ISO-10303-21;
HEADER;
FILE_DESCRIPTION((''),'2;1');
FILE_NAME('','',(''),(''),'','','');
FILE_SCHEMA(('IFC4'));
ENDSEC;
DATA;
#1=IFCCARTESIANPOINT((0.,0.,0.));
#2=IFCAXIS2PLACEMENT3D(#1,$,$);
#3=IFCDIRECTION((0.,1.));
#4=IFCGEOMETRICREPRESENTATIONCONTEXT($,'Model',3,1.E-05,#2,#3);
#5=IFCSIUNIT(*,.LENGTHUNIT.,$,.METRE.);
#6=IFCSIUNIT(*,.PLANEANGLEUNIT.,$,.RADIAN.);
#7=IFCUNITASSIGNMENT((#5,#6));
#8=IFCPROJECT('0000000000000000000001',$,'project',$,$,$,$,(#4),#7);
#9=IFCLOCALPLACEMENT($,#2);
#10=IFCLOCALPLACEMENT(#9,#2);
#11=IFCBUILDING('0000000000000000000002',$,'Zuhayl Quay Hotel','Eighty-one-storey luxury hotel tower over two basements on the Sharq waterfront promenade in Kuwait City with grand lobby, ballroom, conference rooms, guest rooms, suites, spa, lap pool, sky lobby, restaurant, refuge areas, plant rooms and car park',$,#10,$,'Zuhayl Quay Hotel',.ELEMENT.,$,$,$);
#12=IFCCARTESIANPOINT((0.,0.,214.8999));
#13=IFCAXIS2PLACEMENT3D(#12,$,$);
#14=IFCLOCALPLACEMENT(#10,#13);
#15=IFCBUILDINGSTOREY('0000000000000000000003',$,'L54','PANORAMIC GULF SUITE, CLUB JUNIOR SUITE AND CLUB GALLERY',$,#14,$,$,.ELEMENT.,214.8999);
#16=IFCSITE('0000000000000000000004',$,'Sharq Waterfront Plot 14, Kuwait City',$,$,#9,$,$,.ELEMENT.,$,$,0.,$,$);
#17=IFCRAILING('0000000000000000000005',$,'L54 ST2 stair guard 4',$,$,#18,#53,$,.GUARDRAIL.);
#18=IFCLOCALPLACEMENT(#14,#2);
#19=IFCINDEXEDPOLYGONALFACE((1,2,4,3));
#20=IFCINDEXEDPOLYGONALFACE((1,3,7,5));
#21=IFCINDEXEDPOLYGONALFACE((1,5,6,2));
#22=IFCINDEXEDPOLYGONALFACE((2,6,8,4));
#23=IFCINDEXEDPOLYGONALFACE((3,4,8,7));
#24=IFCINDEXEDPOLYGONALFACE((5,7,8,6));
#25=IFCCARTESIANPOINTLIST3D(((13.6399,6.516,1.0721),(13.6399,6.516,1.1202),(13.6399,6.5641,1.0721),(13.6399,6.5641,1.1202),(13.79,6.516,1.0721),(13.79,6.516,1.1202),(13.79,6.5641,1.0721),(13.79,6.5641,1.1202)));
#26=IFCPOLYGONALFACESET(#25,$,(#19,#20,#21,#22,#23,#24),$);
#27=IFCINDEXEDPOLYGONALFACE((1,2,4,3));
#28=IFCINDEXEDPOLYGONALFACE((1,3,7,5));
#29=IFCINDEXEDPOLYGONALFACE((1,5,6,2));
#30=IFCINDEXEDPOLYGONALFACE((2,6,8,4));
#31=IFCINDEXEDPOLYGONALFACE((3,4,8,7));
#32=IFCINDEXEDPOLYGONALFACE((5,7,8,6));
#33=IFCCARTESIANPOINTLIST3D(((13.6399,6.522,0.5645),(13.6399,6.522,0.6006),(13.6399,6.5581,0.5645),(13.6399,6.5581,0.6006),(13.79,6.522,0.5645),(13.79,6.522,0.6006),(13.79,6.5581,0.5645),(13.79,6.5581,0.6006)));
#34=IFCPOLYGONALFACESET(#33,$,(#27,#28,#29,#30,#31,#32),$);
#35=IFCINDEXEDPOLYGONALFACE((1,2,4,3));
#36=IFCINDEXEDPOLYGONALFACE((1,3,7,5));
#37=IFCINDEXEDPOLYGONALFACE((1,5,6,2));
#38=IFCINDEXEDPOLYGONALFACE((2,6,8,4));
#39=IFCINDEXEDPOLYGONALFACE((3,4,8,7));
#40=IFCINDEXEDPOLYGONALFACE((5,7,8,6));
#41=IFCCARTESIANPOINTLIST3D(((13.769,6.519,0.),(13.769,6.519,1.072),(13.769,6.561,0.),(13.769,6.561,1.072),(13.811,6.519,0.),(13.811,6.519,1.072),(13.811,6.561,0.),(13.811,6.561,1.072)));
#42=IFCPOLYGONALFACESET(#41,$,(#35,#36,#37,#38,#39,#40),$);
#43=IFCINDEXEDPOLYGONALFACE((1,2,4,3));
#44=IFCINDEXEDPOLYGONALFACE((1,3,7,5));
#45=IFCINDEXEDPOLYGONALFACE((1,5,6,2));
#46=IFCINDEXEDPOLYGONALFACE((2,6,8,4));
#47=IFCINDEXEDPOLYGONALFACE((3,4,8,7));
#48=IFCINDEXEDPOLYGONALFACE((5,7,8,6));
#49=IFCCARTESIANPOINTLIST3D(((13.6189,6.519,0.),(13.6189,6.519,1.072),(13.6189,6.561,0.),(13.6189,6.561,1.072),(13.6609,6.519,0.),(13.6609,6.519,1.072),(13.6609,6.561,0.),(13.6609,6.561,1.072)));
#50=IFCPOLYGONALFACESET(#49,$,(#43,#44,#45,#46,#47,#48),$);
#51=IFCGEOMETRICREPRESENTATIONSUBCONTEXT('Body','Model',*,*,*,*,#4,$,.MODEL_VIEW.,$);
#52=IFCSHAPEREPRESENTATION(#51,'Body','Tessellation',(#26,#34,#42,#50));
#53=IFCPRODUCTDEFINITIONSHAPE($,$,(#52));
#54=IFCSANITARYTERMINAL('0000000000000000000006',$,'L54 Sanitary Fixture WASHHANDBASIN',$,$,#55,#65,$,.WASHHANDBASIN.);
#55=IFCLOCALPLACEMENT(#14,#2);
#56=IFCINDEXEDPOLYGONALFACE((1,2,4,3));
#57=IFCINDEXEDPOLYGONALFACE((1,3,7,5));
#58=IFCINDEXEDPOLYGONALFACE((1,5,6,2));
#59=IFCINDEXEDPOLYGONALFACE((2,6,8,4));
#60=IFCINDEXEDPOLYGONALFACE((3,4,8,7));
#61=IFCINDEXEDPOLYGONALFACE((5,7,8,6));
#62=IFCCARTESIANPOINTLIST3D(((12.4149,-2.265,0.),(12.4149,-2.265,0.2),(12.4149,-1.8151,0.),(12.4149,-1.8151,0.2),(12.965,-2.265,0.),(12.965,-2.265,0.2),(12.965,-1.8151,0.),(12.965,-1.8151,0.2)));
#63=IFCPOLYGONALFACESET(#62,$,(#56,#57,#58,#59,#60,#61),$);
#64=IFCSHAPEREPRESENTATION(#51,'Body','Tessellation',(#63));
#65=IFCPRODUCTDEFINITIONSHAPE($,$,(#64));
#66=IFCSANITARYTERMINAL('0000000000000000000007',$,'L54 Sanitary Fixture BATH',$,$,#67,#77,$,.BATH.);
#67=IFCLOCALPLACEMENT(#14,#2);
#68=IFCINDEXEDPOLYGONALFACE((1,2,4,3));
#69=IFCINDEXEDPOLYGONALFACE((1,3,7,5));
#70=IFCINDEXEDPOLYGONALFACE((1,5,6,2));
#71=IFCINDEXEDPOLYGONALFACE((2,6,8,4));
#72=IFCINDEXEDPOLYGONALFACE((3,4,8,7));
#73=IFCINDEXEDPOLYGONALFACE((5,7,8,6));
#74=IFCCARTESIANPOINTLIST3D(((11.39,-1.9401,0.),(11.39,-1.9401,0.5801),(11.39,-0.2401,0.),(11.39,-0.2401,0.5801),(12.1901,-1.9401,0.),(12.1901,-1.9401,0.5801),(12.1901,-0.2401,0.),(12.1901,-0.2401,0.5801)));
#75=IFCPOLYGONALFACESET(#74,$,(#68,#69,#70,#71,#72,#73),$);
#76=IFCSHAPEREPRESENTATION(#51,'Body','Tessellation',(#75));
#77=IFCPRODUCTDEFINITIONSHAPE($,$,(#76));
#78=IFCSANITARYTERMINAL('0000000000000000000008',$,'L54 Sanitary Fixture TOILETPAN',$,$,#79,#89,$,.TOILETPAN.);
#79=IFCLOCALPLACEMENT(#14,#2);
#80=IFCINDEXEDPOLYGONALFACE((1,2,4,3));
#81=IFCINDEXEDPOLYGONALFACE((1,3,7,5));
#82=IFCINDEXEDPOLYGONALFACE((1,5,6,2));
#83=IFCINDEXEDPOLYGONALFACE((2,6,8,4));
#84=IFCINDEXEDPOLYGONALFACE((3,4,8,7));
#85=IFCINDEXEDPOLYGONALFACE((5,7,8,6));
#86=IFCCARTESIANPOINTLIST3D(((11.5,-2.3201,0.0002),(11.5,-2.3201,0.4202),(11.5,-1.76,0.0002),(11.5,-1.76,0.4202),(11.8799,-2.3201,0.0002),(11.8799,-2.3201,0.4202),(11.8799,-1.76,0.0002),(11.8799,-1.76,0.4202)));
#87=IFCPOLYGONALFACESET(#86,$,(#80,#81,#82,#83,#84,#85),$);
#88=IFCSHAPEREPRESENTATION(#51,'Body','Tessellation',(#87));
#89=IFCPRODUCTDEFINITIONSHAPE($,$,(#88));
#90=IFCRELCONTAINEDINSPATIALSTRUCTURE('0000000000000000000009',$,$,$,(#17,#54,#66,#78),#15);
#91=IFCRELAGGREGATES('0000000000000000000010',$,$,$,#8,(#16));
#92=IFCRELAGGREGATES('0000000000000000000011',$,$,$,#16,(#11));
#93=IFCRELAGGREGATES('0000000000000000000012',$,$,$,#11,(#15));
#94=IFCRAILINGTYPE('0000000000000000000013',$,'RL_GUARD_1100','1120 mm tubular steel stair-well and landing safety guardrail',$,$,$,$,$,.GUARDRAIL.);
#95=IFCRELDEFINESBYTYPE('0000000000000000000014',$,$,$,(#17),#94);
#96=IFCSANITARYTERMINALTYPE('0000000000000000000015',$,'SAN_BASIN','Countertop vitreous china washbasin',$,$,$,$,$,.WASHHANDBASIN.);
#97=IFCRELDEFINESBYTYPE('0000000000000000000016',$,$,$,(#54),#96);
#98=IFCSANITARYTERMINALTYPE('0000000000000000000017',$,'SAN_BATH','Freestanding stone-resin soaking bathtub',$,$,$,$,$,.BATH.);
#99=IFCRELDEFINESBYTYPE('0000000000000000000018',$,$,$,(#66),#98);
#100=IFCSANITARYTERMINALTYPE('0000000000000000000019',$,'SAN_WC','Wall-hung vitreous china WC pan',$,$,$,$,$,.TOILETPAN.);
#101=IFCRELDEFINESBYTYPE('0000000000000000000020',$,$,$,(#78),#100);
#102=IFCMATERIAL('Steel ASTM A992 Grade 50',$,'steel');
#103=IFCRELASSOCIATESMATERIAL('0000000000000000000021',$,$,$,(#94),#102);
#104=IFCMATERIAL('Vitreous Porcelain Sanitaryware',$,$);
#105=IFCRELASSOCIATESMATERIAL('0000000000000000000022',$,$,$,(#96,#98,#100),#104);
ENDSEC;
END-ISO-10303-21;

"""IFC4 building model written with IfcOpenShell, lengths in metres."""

from ifc_helpers import new_model, si_unit, direction, frame, origin, origin_2d, place, context, subcontext, project, spatial, rectangle, extrude, material, type_object, element, save


model = new_model("IFC4")

# Units and contexts
model_context = context("Model", 3, precision=1e-05, world=origin(), true_north=direction((0.0, 1.0)))
body_context = subcontext(model_context, "Body", "Model", "MODEL_VIEW")
ifc_project = project(units=[si_unit("LENGTHUNIT", "METRE"), si_unit("PLANEANGLEUNIT", "RADIAN")], contexts=[model_context])

# Site, building, storey
site_placement = place(None, origin())
site = spatial("IfcSite", under=ifc_project, at=site_placement, Name="Sharq Waterfront Plot 14, Kuwait City", CompositionType="ELEMENT", RefElevation=0.0)
building_placement = place(site_placement, origin())
building = spatial("IfcBuilding", under=site, at=building_placement, Name="Zuhayl Quay Hotel", Description="Eighty-one-storey luxury hotel tower over two basements on the Sharq waterfront promenade in Kuwait City with grand lobby, ballroom, conference rooms, guest rooms, suites, spa, lap pool, sky lobby, restaurant, refuge areas, plant rooms and car park", LongName="Zuhayl Quay Hotel", CompositionType="ELEMENT")
storey_placement = place(building_placement, frame((0.0, 0.0, 214.8999)))
storey = spatial("IfcBuildingStorey", under=building, at=storey_placement, Name="L54", Description="PANORAMIC GULF SUITE, CLUB JUNIOR SUITE AND CLUB GALLERY", CompositionType="ELEMENT", Elevation=214.8999)

# Shared definitions
ifc_material_1 = material(Name="Steel ASTM A992 Grade 50", Category="steel")

# Railing
railing_type = type_object("IfcRailingType", Name="RL_GUARD_1100", Description="1120 mm tubular steel stair-well and landing safety guardrail", PredefinedType="GUARDRAIL", material=ifc_material_1)
railing_placement = place(storey_placement, frame((13.79, 6.54, 0.0)))
element("IfcRailing", 1, at=railing_placement, inside=storey, type_object=railing_type, Name="L54 ST2 stair guard 4", PredefinedType="GUARDRAIL", context=body_context, shape_type="SweptSolid", body=[
    extrude(rectangle(XDim=0.0481, YDim=0.0481, at=origin_2d()), frame((0.0, 0.0, 1.0962), z_axis=(-1.0, 0.0, 0.0), x_axis=(0.0, -1.0, 0.0)), (0.0, 0.0, 1.0), 0.1501),
    extrude(rectangle(XDim=0.0361, YDim=0.0361, at=origin_2d()), frame((0.0, 0.0, 0.5825), z_axis=(-1.0, 0.0, 0.0), x_axis=(0.0, -1.0, 0.0)), (0.0, 0.0, 1.0), 0.1501),
    extrude(rectangle(XDim=0.042, YDim=0.042, at=origin_2d()), origin(), (0.0, 0.0, 1.0), 1.072),
    extrude(rectangle(XDim=0.042, YDim=0.042, at=origin_2d()), frame((-0.1501, 0.0, 0.0)), (0.0, 0.0, 1.0), 1.072),
])

# Sanitary terminals
ifc_material_2 = material(Name="Vitreous Porcelain Sanitaryware")
sanitary_terminal_type_1 = type_object("IfcSanitaryTerminalType", Name="SAN_BASIN", Description="Countertop vitreous china washbasin", PredefinedType="WASHHANDBASIN", material=ifc_material_2)
sanitary_terminal_1_placement = place(storey_placement, frame((12.6899, -2.04, 0.0), z_axis=(0.0, 0.0, 1.0), x_axis=(1.0, 0.0, 0.0)))
element("IfcSanitaryTerminal", 2, at=sanitary_terminal_1_placement, inside=storey, type_object=sanitary_terminal_type_1, Name="L54 Sanitary Fixture WASHHANDBASIN", PredefinedType="WASHHANDBASIN", context=body_context, shape_type="SweptSolid", body=[
    extrude(rectangle(XDim=0.55, YDim=0.45, at=origin_2d()), origin(), (0.0, 0.0, 1.0), 0.2),
])
sanitary_terminal_type_2 = type_object("IfcSanitaryTerminalType", Name="SAN_BATH", Description="Freestanding stone-resin soaking bathtub", PredefinedType="BATH", material=ifc_material_2)
sanitary_terminal_2_placement = place(storey_placement, frame((11.79, -1.0901, 0.0), z_axis=(0.0, 0.0, 1.0), x_axis=(1.0, 0.0, 0.0)))
element("IfcSanitaryTerminal", 3, at=sanitary_terminal_2_placement, inside=storey, type_object=sanitary_terminal_type_2, Name="L54 Sanitary Fixture BATH", PredefinedType="BATH", context=body_context, shape_type="SweptSolid", body=[
    extrude(rectangle(XDim=0.8, YDim=1.7, at=origin_2d()), origin(), (0.0, 0.0, 1.0), 0.5801),
])
sanitary_terminal_type_3 = type_object("IfcSanitaryTerminalType", Name="SAN_WC", Description="Wall-hung vitreous china WC pan", PredefinedType="TOILETPAN", material=ifc_material_2)
sanitary_terminal_3_placement = place(storey_placement, frame((11.6899, -2.04, 0.0002), z_axis=(0.0, 0.0, 1.0), x_axis=(1.0, 0.0, 0.0)))
element("IfcSanitaryTerminal", 4, at=sanitary_terminal_3_placement, inside=storey, type_object=sanitary_terminal_type_3, Name="L54 Sanitary Fixture TOILETPAN", PredefinedType="TOILETPAN", context=body_context, shape_type="SweptSolid", body=[
    extrude(rectangle(XDim=0.3799, YDim=0.5601, at=origin_2d()), origin(), (0.0, 0.0, 1.0), 0.4199),
])

save(model, "model.ifc")
